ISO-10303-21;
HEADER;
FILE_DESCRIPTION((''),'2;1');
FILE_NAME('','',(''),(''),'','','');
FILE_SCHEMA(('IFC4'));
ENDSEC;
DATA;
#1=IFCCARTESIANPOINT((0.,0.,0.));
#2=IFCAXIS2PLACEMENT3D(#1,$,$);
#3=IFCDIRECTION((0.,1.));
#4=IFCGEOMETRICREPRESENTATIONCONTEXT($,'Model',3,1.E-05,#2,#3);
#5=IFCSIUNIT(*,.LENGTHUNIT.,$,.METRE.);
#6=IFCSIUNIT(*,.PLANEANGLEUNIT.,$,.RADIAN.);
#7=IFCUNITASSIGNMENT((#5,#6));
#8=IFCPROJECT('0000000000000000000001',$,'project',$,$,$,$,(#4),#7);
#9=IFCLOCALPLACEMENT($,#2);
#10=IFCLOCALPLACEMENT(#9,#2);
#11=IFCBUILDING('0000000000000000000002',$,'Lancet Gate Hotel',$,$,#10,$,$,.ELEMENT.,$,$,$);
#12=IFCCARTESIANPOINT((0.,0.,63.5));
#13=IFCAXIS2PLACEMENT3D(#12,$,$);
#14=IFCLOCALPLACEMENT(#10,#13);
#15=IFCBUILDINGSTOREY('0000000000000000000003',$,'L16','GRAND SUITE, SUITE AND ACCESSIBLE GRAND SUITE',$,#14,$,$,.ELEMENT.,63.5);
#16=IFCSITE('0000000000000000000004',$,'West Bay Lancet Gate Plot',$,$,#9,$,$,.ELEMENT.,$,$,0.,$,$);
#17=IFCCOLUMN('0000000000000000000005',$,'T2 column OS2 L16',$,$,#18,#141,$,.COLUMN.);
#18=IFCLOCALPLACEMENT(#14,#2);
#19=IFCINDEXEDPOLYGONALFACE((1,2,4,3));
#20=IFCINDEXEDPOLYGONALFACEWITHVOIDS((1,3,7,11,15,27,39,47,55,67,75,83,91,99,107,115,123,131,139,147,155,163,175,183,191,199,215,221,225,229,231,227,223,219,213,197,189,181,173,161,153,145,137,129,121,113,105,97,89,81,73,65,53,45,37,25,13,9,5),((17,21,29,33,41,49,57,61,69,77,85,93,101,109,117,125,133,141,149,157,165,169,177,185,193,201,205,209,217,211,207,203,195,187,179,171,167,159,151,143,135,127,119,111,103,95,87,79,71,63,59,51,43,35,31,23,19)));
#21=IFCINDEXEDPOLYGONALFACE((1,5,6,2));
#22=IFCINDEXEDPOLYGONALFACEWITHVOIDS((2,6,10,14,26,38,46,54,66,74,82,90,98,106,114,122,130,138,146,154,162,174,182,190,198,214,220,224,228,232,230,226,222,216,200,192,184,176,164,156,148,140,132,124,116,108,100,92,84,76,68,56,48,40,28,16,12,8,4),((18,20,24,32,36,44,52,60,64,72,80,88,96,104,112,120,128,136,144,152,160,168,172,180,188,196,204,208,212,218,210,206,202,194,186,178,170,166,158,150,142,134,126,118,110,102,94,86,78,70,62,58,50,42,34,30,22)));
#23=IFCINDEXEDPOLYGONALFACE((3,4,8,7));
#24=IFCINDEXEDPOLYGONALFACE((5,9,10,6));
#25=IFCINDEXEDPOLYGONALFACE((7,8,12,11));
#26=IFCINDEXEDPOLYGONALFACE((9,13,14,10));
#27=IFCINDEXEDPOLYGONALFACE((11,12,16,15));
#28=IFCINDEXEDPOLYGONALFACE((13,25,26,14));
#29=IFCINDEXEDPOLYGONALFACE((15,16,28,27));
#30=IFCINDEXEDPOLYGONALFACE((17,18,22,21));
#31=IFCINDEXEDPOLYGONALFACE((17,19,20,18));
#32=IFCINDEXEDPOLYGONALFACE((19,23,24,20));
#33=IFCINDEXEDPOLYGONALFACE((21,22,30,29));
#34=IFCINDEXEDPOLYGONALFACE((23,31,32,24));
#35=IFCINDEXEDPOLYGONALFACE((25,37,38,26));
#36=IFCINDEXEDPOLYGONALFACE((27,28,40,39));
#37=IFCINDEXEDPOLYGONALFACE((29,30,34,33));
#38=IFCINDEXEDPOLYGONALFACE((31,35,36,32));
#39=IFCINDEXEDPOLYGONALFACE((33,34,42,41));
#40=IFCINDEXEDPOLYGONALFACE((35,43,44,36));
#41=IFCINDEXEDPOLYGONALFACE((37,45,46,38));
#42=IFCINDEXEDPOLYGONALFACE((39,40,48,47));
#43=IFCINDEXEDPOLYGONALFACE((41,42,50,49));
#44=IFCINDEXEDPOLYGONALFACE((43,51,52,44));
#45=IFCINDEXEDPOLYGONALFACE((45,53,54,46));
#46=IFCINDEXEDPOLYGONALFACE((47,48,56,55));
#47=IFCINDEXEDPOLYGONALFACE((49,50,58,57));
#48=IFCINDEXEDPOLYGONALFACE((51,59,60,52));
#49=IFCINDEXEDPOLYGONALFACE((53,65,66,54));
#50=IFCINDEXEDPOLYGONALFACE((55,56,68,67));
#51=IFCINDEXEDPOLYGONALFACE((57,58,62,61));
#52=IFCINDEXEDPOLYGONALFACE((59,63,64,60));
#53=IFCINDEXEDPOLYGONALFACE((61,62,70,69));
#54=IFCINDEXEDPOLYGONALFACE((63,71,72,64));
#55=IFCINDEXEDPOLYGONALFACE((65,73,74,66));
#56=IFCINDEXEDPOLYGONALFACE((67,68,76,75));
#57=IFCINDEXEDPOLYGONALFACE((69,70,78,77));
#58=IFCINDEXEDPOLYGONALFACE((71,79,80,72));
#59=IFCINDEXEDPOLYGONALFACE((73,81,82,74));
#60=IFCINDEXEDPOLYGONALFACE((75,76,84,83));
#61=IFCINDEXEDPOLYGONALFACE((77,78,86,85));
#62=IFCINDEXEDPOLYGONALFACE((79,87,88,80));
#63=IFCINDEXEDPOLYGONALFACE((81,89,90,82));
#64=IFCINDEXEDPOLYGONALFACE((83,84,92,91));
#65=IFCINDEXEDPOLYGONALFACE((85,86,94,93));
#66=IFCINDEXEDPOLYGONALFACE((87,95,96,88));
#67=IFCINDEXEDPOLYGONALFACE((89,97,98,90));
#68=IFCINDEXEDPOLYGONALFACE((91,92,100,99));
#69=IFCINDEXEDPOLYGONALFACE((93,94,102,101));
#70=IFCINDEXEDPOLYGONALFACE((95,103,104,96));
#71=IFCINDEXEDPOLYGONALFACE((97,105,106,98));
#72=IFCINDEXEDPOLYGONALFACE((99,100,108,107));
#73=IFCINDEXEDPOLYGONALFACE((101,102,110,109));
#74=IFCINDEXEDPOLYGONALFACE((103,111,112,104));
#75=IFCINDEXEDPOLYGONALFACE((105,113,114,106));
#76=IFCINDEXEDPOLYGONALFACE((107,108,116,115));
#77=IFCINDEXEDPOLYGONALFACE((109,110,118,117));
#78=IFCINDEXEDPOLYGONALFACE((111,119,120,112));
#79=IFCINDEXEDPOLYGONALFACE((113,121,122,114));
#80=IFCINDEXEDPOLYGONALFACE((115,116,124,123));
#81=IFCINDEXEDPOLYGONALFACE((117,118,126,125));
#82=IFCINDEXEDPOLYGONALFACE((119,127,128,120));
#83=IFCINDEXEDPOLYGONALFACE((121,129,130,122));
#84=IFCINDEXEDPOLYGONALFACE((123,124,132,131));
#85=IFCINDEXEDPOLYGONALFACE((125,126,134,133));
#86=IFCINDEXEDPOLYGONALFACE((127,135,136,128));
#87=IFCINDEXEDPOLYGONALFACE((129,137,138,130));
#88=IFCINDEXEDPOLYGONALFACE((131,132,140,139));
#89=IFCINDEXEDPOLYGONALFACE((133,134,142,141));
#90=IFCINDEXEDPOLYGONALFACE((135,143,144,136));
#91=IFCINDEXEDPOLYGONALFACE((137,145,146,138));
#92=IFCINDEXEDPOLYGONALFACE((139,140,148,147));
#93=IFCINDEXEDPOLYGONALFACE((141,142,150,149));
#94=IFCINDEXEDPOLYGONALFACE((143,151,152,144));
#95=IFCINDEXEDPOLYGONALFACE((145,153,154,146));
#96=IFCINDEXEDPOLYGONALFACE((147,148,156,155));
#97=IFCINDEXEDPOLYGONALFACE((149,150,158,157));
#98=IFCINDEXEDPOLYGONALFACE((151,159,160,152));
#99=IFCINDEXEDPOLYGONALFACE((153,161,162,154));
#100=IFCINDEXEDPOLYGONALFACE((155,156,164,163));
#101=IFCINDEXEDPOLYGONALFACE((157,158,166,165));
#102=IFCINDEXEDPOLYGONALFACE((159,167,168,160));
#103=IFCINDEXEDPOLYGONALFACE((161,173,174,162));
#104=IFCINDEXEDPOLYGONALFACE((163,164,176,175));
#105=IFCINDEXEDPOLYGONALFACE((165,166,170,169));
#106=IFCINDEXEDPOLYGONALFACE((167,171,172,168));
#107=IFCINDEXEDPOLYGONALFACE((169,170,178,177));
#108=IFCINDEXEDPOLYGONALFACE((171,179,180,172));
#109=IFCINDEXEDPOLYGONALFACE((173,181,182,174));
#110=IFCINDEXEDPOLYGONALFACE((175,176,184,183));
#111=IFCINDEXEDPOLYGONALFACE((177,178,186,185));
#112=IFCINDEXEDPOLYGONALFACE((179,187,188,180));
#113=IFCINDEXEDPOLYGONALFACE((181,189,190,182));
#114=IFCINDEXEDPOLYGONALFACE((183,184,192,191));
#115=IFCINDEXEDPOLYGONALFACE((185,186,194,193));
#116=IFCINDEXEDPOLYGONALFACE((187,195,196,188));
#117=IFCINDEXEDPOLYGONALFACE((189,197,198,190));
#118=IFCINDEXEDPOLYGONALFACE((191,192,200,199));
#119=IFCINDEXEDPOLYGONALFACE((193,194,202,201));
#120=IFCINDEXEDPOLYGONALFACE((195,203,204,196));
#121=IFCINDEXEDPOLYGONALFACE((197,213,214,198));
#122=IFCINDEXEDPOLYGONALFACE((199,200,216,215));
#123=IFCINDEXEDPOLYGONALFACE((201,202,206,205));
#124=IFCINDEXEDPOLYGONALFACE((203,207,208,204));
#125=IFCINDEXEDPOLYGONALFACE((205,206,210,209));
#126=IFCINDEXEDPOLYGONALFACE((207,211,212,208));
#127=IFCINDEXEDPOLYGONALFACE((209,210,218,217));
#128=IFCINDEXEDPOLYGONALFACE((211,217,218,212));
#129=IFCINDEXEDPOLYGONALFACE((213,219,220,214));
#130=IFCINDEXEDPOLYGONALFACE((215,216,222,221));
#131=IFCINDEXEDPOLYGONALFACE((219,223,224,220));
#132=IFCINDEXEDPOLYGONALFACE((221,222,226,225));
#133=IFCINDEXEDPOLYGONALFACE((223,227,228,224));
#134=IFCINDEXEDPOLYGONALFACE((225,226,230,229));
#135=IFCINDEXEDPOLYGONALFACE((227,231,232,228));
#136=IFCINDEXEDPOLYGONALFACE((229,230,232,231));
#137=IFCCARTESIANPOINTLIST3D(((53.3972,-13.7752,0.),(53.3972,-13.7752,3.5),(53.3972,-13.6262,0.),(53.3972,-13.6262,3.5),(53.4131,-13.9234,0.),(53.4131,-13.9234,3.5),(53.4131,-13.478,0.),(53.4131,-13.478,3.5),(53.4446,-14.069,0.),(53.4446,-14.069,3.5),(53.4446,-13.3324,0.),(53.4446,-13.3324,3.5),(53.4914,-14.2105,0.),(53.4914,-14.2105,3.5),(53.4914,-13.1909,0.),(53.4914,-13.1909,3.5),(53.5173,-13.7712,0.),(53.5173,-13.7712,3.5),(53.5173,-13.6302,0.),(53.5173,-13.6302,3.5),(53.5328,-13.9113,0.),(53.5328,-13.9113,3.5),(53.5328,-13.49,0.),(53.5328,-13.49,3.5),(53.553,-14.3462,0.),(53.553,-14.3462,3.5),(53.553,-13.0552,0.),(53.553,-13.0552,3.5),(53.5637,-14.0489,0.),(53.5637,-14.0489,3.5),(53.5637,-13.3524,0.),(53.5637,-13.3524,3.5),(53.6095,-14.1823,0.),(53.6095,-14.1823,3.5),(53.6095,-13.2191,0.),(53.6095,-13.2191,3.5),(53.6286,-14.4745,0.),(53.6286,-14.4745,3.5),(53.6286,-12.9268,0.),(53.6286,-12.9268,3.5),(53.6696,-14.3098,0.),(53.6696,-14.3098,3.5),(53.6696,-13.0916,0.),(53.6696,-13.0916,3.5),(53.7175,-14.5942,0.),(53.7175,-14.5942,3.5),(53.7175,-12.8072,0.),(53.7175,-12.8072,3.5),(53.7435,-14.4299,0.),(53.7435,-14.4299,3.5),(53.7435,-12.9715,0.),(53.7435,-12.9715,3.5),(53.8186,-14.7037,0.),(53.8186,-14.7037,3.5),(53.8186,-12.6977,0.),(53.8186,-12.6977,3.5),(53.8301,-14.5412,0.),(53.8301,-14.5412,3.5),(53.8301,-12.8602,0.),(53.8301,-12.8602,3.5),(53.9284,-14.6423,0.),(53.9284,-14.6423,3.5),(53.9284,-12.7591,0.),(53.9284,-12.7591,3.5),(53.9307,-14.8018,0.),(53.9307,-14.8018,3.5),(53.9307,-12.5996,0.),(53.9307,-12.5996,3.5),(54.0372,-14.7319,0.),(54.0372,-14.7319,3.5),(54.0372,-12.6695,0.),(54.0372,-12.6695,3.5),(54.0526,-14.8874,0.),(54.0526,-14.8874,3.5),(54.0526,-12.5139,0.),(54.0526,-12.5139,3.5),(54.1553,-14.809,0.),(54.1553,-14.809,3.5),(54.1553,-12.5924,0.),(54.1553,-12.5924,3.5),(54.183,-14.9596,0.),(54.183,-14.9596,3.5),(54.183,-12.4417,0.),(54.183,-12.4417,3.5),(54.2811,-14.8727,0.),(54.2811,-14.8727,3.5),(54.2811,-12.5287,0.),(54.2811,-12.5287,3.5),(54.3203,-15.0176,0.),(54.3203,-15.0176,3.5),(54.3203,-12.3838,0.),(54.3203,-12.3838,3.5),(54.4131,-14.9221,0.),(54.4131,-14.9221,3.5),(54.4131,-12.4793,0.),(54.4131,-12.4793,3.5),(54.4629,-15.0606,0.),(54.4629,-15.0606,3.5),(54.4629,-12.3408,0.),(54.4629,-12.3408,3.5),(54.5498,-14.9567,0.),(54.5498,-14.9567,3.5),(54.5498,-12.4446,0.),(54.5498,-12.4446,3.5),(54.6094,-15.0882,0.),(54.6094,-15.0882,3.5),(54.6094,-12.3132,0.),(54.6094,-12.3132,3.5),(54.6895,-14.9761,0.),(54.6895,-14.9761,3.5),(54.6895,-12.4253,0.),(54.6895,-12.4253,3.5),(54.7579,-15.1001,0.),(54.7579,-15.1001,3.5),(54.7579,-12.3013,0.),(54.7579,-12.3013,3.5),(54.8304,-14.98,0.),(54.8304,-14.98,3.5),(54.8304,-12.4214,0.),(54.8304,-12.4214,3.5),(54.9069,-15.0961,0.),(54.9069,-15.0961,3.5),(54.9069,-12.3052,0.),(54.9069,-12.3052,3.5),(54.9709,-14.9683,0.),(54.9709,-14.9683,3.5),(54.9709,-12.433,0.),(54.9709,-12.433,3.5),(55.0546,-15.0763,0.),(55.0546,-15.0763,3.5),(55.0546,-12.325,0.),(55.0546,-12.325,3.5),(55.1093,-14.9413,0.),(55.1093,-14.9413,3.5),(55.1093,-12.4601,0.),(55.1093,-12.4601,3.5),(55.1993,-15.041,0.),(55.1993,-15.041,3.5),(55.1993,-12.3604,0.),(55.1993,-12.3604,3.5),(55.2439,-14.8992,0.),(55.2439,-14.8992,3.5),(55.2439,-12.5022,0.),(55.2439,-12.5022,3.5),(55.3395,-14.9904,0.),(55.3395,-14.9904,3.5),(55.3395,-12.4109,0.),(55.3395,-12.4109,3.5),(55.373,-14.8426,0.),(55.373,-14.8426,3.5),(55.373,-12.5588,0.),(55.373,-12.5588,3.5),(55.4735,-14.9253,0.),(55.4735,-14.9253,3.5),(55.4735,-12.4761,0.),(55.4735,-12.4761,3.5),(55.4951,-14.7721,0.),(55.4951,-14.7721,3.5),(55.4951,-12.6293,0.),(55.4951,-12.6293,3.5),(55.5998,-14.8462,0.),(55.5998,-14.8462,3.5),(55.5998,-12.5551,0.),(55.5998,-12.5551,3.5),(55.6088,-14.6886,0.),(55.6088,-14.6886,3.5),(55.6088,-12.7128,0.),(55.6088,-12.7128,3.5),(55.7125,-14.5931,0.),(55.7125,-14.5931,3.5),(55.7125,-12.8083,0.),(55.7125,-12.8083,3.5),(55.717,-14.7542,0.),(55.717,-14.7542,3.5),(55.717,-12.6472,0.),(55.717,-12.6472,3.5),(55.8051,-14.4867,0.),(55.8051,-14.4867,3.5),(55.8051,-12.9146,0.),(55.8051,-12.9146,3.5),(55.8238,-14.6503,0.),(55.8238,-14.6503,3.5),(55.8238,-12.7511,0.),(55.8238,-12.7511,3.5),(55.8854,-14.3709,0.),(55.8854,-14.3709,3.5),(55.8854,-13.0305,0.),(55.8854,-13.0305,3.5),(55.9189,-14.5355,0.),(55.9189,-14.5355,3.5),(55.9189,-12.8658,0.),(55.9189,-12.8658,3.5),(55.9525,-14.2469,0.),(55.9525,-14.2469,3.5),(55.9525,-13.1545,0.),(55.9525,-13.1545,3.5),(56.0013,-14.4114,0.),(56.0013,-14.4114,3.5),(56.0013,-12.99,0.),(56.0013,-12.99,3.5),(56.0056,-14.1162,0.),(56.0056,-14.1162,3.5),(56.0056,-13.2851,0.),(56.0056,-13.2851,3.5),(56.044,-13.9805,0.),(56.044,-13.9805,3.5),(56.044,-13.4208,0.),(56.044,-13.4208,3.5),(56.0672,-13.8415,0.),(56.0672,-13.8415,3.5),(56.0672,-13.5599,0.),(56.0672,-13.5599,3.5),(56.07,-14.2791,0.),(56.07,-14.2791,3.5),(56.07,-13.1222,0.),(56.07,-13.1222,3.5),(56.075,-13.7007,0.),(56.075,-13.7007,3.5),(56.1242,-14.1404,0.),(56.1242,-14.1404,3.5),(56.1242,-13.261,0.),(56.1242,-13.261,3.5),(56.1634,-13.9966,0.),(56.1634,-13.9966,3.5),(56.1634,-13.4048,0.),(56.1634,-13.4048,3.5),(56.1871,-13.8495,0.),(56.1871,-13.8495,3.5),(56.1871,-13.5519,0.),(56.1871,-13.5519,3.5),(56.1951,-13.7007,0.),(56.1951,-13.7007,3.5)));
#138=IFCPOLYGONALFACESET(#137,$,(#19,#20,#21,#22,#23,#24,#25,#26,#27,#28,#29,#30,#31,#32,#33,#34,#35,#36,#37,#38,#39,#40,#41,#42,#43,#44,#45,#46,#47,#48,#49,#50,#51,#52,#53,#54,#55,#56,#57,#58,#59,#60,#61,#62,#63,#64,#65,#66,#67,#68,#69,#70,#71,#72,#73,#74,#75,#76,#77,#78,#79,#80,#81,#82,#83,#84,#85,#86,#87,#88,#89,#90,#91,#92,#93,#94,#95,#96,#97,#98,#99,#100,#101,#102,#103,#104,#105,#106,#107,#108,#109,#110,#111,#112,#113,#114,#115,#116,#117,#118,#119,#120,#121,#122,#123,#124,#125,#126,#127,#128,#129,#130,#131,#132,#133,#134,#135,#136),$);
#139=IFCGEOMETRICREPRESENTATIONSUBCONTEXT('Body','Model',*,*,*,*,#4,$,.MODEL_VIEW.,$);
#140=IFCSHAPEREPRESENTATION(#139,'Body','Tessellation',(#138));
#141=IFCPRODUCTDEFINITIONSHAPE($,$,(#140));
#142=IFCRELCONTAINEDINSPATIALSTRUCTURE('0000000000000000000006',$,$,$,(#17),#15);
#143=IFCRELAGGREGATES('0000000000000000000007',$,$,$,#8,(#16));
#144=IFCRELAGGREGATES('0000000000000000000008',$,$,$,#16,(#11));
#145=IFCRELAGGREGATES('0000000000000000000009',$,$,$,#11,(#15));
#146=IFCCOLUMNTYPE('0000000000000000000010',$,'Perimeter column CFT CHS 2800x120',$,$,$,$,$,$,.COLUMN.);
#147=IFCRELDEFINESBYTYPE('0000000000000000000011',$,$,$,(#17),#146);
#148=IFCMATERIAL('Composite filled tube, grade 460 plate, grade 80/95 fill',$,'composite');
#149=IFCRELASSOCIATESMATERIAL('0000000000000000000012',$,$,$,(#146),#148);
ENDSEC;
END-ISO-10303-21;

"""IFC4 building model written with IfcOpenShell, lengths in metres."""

from ifc_helpers import new_model, si_unit, direction, frame, origin, origin_2d, place, context, subcontext, project, spatial, hollow_circle, extrude, material, material_profile, profile_set, type_object, element, save


model = new_model("IFC4")

# Units and contexts
model_context = context("Model", 3, precision=1e-05, world=origin(), true_north=direction((0.0, 1.0)))
body_context = subcontext(model_context, "Body", "Model", "MODEL_VIEW")
ifc_project = project(units=[si_unit("LENGTHUNIT", "METRE"), si_unit("PLANEANGLEUNIT", "RADIAN")], contexts=[model_context])

# Site, building, storey
site_placement = place(None, origin())
site = spatial("IfcSite", under=ifc_project, at=site_placement, Name="West Bay Lancet Gate Plot", CompositionType="ELEMENT", RefElevation=0.0)
building_placement = place(site_placement, origin())
building = spatial("IfcBuilding", under=site, at=building_placement, Name="Lancet Gate Hotel", CompositionType="ELEMENT")
storey_placement = place(building_placement, frame((0.0, 0.0, 63.5)))
storey = spatial("IfcBuildingStorey", under=building, at=storey_placement, Name="L16", Description="GRAND SUITE, SUITE AND ACCESSIBLE GRAND SUITE", CompositionType="ELEMENT", Elevation=63.5)

# Column
ifc_material_1 = material(Name="Composite filled tube, grade 460 plate, grade 80/95 fill", Category="composite")
ifc_material_profile_1 = material_profile(ifc_material_1, hollow_circle(Radius=1.3999, WallThickness=0.1201, at=origin_2d()), Name="CHS 2800x120")
ifc_profile_set_1 = profile_set([ifc_material_profile_1], Name="Composite filled tube, grade 460 plate, grade 80/95 fill")
column_type = type_object("IfcColumnType", Name="Perimeter column CFT CHS 2800x120", PredefinedType="COLUMN", material=ifc_profile_set_1)
for number, where, z_axis, x_axis, name in (
    (1, (54.7952, -13.7007, 0.0), (0.0, 0.0, 1.0), (1.0, 0.0, 0.0), "T2 column OS2 L16"),
):
    element("IfcColumn", number, at=place(storey_placement, frame(where, z_axis=z_axis, x_axis=x_axis)), inside=storey, type_object=column_type, Name=name, PredefinedType="COLUMN", context=body_context, shape_type="SweptSolid", body=[
        extrude(hollow_circle(Radius=1.3999, WallThickness=0.1201, at=origin_2d()), origin(), (0.0, 0.0, 1.0), 3.5),
    ])

save(model, "model.ifc")
